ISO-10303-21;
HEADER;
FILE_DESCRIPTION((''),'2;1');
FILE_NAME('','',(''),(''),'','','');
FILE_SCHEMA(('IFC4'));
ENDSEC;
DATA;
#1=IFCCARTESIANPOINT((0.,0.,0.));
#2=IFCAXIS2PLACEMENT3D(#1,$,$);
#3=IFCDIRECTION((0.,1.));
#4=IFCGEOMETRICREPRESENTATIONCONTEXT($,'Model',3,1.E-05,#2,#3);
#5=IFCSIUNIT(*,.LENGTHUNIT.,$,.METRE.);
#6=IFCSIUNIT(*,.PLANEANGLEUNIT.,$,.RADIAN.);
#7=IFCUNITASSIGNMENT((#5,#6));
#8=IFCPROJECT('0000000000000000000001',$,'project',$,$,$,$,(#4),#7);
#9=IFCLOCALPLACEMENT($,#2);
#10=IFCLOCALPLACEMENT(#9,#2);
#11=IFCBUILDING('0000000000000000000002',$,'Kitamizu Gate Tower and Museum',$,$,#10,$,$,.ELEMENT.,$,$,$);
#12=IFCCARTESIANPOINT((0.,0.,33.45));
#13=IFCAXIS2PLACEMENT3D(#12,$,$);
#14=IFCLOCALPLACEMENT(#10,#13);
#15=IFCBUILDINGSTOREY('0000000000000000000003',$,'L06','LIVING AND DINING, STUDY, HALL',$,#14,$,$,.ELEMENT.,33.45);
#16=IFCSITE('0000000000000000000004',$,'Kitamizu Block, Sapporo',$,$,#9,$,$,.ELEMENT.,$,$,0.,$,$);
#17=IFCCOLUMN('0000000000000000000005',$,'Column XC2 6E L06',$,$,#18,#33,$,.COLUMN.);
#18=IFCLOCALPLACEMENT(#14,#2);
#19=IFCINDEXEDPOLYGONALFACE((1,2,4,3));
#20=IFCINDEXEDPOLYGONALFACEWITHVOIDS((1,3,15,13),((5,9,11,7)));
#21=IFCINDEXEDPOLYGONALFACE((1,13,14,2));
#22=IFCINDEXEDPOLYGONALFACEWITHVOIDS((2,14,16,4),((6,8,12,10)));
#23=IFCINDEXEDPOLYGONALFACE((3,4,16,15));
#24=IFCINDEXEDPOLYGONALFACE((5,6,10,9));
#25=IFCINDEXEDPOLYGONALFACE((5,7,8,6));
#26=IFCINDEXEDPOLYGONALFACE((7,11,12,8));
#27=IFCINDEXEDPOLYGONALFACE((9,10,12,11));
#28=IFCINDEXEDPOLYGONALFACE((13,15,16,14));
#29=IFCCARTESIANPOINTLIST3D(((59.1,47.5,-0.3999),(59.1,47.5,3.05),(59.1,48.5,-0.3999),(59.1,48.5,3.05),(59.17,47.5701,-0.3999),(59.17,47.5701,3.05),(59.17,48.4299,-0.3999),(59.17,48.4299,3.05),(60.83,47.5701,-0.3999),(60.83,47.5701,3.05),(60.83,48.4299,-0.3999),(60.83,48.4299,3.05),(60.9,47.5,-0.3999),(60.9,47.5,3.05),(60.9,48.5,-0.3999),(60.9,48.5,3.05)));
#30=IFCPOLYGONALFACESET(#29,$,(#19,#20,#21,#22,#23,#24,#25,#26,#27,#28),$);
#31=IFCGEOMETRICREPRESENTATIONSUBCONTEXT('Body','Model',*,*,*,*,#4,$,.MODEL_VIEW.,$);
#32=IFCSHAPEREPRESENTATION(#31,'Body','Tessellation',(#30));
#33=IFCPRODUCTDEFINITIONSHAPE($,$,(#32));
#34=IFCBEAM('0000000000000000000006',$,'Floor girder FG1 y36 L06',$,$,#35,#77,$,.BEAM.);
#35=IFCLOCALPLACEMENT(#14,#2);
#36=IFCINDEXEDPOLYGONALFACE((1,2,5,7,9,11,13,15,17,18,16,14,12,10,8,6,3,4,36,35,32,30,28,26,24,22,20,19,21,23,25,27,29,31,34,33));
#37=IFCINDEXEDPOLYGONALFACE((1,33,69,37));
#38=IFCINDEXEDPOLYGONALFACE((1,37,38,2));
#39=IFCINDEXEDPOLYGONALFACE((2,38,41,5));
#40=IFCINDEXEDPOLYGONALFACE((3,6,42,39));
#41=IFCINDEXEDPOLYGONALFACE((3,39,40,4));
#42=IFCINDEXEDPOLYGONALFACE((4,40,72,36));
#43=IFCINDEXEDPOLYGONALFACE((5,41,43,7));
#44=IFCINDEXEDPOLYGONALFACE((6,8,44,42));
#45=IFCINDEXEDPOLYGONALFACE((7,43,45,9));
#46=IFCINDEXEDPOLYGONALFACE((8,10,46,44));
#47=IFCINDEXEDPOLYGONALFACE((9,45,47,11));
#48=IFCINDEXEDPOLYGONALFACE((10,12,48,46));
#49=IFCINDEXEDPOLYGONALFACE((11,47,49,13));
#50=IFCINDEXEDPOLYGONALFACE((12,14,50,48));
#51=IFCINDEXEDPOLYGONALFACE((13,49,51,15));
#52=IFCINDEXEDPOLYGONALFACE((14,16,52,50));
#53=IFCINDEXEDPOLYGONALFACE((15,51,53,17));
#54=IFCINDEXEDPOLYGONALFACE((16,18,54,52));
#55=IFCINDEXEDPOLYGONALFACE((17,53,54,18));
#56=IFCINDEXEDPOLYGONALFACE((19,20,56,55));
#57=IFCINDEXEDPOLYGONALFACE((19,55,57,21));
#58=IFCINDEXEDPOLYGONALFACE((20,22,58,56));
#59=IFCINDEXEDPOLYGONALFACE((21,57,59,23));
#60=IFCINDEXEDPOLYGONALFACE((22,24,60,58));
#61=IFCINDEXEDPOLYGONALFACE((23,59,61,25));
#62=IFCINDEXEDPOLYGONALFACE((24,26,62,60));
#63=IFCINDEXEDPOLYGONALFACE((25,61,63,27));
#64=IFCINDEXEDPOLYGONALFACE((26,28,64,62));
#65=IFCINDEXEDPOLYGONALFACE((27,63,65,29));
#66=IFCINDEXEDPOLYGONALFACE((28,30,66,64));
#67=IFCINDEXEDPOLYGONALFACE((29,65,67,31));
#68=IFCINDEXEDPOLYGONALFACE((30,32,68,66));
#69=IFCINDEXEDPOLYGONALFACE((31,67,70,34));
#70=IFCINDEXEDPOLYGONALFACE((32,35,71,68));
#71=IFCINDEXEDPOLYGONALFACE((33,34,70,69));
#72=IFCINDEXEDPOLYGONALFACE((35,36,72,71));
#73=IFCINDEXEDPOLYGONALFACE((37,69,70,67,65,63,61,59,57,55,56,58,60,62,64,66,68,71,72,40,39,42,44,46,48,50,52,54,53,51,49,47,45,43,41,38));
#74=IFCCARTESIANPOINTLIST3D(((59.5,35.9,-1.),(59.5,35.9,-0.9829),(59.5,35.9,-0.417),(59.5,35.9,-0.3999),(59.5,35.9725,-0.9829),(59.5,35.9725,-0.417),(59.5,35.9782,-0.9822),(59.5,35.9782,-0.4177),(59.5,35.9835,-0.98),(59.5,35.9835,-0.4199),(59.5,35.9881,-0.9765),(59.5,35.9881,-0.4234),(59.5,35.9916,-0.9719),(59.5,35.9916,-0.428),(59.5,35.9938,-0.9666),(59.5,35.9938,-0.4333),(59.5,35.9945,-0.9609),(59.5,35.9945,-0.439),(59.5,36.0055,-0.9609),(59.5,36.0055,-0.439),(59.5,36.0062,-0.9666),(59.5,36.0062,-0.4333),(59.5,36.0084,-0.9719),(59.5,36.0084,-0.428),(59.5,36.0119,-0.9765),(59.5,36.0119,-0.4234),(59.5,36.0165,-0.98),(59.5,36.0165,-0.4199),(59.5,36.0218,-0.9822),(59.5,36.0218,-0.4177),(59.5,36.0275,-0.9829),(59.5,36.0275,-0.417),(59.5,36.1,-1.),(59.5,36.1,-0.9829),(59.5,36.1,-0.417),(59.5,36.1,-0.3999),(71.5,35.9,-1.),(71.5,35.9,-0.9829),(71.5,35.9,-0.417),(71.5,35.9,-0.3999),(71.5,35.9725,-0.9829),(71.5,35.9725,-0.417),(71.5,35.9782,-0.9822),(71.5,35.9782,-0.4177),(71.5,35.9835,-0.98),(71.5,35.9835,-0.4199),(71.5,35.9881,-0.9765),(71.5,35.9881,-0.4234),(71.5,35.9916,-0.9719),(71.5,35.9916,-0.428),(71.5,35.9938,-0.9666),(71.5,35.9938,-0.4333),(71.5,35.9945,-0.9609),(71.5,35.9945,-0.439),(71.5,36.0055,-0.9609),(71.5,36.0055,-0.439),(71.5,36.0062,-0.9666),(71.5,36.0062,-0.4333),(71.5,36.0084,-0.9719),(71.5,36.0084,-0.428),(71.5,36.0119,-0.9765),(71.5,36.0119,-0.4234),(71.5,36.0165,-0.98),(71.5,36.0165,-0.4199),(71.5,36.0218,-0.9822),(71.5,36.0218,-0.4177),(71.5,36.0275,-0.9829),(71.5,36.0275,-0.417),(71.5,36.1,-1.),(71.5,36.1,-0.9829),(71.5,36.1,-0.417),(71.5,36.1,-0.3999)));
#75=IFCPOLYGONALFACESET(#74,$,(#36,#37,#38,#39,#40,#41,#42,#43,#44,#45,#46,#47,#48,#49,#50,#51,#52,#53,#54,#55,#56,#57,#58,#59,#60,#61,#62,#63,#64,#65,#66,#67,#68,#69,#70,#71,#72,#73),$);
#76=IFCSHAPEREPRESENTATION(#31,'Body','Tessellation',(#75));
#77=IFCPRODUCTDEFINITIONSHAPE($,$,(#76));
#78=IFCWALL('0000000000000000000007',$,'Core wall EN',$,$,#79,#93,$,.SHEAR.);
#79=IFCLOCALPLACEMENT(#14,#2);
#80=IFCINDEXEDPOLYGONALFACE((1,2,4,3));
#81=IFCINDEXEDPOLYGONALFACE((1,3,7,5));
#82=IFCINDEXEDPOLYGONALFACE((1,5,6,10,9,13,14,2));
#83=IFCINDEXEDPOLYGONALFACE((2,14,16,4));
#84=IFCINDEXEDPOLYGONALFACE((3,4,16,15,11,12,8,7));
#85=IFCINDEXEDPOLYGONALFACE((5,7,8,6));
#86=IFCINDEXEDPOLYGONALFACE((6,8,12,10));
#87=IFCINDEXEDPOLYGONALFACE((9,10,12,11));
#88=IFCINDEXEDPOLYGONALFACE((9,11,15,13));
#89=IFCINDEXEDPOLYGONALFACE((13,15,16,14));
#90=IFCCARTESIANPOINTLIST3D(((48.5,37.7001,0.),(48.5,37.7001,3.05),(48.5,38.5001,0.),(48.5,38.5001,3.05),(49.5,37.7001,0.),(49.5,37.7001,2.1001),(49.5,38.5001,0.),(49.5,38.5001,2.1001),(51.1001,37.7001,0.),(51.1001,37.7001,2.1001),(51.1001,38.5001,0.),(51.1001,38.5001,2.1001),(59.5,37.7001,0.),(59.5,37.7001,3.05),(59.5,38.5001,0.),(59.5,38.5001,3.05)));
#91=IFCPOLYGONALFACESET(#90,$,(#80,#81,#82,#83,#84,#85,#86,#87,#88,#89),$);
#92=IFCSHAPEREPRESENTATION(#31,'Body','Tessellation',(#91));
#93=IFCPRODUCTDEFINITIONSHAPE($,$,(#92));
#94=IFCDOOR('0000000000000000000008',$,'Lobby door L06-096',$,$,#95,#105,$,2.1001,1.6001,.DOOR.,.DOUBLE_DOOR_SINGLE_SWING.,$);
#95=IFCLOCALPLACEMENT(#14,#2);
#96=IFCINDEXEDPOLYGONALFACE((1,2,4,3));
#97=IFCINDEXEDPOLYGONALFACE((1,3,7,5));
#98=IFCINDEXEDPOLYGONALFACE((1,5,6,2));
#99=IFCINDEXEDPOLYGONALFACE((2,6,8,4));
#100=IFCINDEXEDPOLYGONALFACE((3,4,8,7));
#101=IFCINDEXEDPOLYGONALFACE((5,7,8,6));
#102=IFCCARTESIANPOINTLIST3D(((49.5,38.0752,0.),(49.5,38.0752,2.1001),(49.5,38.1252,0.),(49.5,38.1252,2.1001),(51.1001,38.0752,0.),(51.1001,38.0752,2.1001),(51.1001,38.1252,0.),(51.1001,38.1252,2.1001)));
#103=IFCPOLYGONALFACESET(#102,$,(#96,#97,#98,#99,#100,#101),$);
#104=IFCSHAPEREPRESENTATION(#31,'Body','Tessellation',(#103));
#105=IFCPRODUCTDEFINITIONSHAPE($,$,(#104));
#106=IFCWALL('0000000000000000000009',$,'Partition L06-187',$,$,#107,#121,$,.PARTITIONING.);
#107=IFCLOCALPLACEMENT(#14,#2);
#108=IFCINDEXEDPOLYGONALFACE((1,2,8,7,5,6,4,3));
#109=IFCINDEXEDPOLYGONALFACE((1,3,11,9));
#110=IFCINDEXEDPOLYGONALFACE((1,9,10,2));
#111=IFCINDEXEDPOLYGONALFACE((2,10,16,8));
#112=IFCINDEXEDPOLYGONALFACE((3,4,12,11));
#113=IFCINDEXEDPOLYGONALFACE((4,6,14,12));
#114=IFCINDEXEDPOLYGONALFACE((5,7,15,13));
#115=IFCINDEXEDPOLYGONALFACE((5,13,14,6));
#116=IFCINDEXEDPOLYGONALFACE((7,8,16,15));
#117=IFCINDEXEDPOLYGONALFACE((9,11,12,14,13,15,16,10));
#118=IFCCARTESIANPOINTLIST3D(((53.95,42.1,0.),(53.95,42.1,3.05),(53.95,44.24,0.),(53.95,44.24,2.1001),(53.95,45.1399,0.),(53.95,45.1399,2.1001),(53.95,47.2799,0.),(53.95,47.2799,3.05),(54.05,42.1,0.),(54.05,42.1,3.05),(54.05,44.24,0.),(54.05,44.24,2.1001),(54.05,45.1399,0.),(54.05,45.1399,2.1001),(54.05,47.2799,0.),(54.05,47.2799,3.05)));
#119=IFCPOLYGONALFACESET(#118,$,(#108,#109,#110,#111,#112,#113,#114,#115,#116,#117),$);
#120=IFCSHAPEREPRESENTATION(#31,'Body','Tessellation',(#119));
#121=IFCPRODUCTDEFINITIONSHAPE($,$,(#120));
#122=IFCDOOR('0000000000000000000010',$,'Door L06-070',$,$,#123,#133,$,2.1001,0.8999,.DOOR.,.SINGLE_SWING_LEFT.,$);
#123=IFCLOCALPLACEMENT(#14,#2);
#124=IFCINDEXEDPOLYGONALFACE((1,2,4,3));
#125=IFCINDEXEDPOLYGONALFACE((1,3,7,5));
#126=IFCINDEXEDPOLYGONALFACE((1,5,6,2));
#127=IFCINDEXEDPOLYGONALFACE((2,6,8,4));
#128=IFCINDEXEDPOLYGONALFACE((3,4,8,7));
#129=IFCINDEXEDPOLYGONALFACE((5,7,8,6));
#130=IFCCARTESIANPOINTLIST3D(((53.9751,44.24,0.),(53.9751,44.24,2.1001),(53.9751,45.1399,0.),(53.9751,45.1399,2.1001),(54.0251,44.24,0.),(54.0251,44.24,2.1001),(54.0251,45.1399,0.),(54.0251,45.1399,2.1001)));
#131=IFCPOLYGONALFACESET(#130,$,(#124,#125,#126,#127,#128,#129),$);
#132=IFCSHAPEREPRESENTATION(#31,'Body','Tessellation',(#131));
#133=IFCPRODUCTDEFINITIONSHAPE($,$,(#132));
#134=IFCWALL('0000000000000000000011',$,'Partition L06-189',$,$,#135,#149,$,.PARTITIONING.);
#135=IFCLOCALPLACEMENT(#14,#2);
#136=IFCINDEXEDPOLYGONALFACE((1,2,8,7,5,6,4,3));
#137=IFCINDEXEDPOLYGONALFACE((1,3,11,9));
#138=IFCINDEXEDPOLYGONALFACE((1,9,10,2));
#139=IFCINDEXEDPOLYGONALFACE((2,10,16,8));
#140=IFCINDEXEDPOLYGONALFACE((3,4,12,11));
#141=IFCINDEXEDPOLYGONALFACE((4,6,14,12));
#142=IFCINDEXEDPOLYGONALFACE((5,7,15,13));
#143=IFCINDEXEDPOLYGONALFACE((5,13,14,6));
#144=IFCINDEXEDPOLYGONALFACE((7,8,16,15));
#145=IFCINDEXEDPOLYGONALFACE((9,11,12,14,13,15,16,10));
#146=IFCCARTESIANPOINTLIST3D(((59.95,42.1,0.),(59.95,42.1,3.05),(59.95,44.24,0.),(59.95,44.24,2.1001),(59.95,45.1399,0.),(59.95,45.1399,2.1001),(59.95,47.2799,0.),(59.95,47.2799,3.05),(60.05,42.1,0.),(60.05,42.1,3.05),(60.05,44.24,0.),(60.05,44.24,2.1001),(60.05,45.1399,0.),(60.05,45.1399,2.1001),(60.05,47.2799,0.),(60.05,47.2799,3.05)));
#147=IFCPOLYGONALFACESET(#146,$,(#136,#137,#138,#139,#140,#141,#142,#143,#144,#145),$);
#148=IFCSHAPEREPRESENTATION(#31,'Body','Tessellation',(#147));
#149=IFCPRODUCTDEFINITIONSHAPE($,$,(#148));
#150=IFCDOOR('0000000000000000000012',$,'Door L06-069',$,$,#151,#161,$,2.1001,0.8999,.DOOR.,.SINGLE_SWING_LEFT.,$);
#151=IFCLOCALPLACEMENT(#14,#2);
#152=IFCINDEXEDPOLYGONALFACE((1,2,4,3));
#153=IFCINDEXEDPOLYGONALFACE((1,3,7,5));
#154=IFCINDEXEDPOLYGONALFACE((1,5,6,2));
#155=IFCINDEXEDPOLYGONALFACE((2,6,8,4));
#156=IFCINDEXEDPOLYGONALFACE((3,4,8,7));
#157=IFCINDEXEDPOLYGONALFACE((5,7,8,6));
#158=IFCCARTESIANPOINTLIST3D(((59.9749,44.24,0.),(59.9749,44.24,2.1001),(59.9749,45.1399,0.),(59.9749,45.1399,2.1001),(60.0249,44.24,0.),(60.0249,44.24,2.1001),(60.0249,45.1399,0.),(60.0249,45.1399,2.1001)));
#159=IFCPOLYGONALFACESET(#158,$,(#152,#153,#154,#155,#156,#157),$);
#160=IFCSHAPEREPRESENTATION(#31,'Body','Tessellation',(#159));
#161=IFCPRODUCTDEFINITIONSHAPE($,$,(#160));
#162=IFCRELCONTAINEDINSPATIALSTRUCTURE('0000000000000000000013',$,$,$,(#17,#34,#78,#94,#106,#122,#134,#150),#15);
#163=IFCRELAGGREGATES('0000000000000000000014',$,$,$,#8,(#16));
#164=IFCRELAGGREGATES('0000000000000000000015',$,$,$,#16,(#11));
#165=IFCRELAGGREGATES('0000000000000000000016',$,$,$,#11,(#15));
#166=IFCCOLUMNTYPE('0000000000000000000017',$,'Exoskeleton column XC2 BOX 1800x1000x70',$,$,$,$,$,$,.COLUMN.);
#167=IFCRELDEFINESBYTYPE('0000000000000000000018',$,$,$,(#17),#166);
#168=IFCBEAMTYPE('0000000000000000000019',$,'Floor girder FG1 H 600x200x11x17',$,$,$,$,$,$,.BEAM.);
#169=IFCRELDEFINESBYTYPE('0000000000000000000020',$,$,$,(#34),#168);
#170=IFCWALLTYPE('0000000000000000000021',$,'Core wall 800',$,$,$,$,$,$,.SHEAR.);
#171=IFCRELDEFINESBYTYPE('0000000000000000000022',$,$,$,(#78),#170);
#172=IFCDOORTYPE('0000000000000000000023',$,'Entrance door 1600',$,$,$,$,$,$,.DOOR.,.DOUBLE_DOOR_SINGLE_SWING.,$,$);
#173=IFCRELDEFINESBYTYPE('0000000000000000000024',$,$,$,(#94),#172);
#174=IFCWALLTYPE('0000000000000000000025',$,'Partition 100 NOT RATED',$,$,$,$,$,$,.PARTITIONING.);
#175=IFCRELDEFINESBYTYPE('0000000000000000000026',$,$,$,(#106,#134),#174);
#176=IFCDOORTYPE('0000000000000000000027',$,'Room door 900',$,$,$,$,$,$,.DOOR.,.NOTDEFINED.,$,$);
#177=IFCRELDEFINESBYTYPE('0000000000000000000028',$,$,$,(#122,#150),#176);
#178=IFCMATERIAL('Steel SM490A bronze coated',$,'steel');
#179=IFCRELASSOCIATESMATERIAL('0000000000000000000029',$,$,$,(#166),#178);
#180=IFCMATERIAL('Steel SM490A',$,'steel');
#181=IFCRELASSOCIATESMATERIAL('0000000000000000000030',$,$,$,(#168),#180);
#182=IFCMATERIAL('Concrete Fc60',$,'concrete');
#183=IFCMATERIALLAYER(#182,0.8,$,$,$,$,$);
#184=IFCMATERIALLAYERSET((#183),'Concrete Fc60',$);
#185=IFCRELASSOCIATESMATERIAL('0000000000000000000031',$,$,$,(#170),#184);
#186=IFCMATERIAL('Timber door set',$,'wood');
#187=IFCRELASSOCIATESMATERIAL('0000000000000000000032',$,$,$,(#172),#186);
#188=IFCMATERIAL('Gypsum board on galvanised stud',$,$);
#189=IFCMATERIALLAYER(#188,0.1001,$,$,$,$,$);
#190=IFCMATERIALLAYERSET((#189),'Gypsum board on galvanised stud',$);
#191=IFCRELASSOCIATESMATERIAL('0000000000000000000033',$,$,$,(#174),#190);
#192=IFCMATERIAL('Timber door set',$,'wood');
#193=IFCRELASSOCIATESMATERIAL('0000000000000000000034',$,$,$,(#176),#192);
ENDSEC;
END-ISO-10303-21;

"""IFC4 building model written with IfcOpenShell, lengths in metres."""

from ifc_helpers import new_model, si_unit, direction, frame, frame_2d, origin, origin_2d, place, context, subcontext, project, spatial, rectangle, hollow_rectangle, i_section, extrude, material, layer, layer_set, material_profile, profile_set, type_object, element, fill, save


model = new_model("IFC4")

# Units and contexts
model_context = context("Model", 3, precision=1e-05, world=origin(), true_north=direction((0.0, 1.0)))
body_context = subcontext(model_context, "Body", "Model", "MODEL_VIEW")
ifc_project = project(units=[si_unit("LENGTHUNIT", "METRE"), si_unit("PLANEANGLEUNIT", "RADIAN")], contexts=[model_context])

# Site, building, storey
site_placement = place(None, origin())
site = spatial("IfcSite", under=ifc_project, at=site_placement, Name="Kitamizu Block, Sapporo", CompositionType="ELEMENT", RefElevation=0.0)
building_placement = place(site_placement, origin())
building = spatial("IfcBuilding", under=site, at=building_placement, Name="Kitamizu Gate Tower and Museum", CompositionType="ELEMENT")
storey_placement = place(building_placement, frame((0.0, 0.0, 33.45)))
storey = spatial("IfcBuildingStorey", under=building, at=storey_placement, Name="L06", Description="LIVING AND DINING, STUDY, HALL", CompositionType="ELEMENT", Elevation=33.45)

# Column
ifc_material_1 = material(Name="Steel SM490A bronze coated", Category="steel")
ifc_material_profile_1 = material_profile(ifc_material_1, hollow_rectangle(XDim=1.8, YDim=1.0, WallThickness=0.0701, at=origin_2d()), Name="BOX 1800x1000x70")
ifc_profile_set_1 = profile_set([ifc_material_profile_1], Name="Steel SM490A bronze coated")
column_type = type_object("IfcColumnType", Name="Exoskeleton column XC2 BOX 1800x1000x70", PredefinedType="COLUMN", material=ifc_profile_set_1)
column_placement = place(storey_placement, frame((60.0, 48.0, -0.3999), z_axis=(0.0, 0.0, 1.0), x_axis=(1.0, 0.0, 0.0)))
element("IfcColumn", 1, at=column_placement, inside=storey, type_object=column_type, Name="Column XC2 6E L06", PredefinedType="COLUMN", context=body_context, shape_type="SweptSolid", body=[
    extrude(hollow_rectangle(XDim=1.8, YDim=1.0, WallThickness=0.0701, at=origin_2d()), origin(), (0.0, 0.0, 1.0), 3.45),
])

# Beam
ifc_material_2 = material(Name="Steel SM490A", Category="steel")
ifc_material_profile_2 = material_profile(ifc_material_2, i_section(OverallWidth=0.2, OverallDepth=0.6001, WebThickness=0.011, FlangeThickness=0.0171, FilletRadius=0.022, at=origin_2d()), Name="H-600x200x11x17")
ifc_profile_set_2 = profile_set([ifc_material_profile_2], Name="Steel SM490A")
beam_type = type_object("IfcBeamType", Name="Floor girder FG1 H 600x200x11x17", PredefinedType="BEAM", material=ifc_profile_set_2)
beam_placement = place(storey_placement, frame((59.5, 36.0, -0.7), z_axis=(1.0, 0.0, 0.0), x_axis=(0.0, 1.0, 0.0)))
element("IfcBeam", 2, at=beam_placement, inside=storey, type_object=beam_type, Name="Floor girder FG1 y36 L06", PredefinedType="BEAM", context=body_context, shape_type="SweptSolid", body=[
    extrude(i_section(OverallWidth=0.2, OverallDepth=0.6001, WebThickness=0.011, FlangeThickness=0.0171, FilletRadius=0.022, at=origin_2d()), origin(), (0.0, 0.0, 1.0), 12.0),
])

# Walls, openings, doors
ifc_material_3 = material(Name="Concrete Fc60", Category="concrete")
ifc_layer_1 = layer(ifc_material_3, 0.8)
ifc_layer_set_1 = layer_set([ifc_layer_1], Name="Concrete Fc60")
wall_type_1 = type_object("IfcWallType", Name="Core wall 800", PredefinedType="SHEAR", material=ifc_layer_set_1)
wall_1_placement = place(storey_placement, frame((59.5, 38.1001, 0.0), z_axis=(0.0, 0.0, 1.0), x_axis=(-1.0, 0.0, 0.0)))
wall_1 = element("IfcWall", 3, at=wall_1_placement, inside=storey, type_object=wall_type_1, Name="Core wall EN", PredefinedType="SHEAR", context=body_context, shape_type="SweptSolid", body=[
    extrude(rectangle(XDim=11.0, YDim=0.8, at=frame_2d((5.5, 0.0))), origin(), (0.0, 0.0, 1.0), 3.05),
])
opening_1_placement = place(wall_1_placement, frame((8.3999, 0.0, 0.0)))
opening_1 = element("IfcOpeningElement", 4, at=opening_1_placement, cuts=wall_1, PredefinedType="OPENING", context=body_context, shape_type="SweptSolid", body=[
    extrude(rectangle(XDim=1.6001, YDim=2.1001, at=frame_2d((0.8, 1.05))), frame((0.0, 0.4102, 0.0), z_axis=(0.0, -1.0, 0.0), x_axis=(1.0, 0.0, 0.0)), (0.0, 0.0, 1.0), 0.8201),
])
ifc_material_4 = material(Name="Timber door set", Category="wood")
door_type_1 = type_object("IfcDoorType", Name="Entrance door 1600", OperationType="DOUBLE_DOOR_SINGLE_SWING", PredefinedType="DOOR", material=ifc_material_4)
door_1_placement = place(opening_1_placement, origin())
door_1 = element("IfcDoor", 5, at=door_1_placement, inside=storey, type_object=door_type_1, Name="Lobby door L06-096", OperationType="DOUBLE_DOOR_SINGLE_SWING", OverallHeight=2.1001, OverallWidth=1.6001, PredefinedType="DOOR", context=body_context, shape_type="SweptSolid", body=[
    extrude(rectangle(XDim=1.6001, YDim=2.1001, at=frame_2d((0.8, 1.05))), frame((0.0, 0.0249, 0.0), z_axis=(0.0, -1.0, 0.0), x_axis=(1.0, 0.0, 0.0)), (0.0, 0.0, 1.0), 0.05),
])
fill(opening_1, door_1)
ifc_material_5 = material(Name="Gypsum board on galvanised stud")
ifc_layer_2 = layer(ifc_material_5, 0.1001)
ifc_layer_set_2 = layer_set([ifc_layer_2], Name="Gypsum board on galvanised stud")
wall_type_2 = type_object("IfcWallType", Name="Partition 100 NOT RATED", PredefinedType="PARTITIONING", material=ifc_layer_set_2)
wall_2_placement = place(storey_placement, frame((54.0, 42.1001, 0.0), z_axis=(0.0, 0.0, 1.0), x_axis=(0.0, 1.0, 0.0)))
wall_2 = element("IfcWall", 6, at=wall_2_placement, inside=storey, type_object=wall_type_2, Name="Partition L06-187", PredefinedType="PARTITIONING", context=body_context, shape_type="SweptSolid", body=[
    extrude(rectangle(XDim=5.1799, YDim=0.1001, at=frame_2d((2.5898, 0.0))), origin(), (0.0, 0.0, 1.0), 3.05),
])
opening_2_placement = place(wall_2_placement, frame((2.1399, 0.0, 0.0)))
opening_2 = element("IfcOpeningElement", 7, at=opening_2_placement, cuts=wall_2, PredefinedType="OPENING", context=body_context, shape_type="SweptSolid", body=[
    extrude(rectangle(XDim=0.8999, YDim=2.1001, at=frame_2d((0.45, 1.05))), frame((0.0, 0.0601, 0.0), z_axis=(0.0, -1.0, 0.0), x_axis=(1.0, 0.0, 0.0)), (0.0, 0.0, 1.0), 0.1201),
])
ifc_material_6 = material(Name="Timber door set", Category="wood")
door_type_2 = type_object("IfcDoorType", Name="Room door 900", OperationType="NOTDEFINED", PredefinedType="DOOR", material=ifc_material_6)
door_2_placement = place(opening_2_placement, origin())
door_2 = element("IfcDoor", 8, at=door_2_placement, inside=storey, type_object=door_type_2, Name="Door L06-070", OperationType="SINGLE_SWING_LEFT", OverallHeight=2.1001, OverallWidth=0.8999, PredefinedType="DOOR", context=body_context, shape_type="SweptSolid", body=[
    extrude(rectangle(XDim=0.8999, YDim=2.1001, at=frame_2d((0.45, 1.05))), frame((0.0, 0.0249, 0.0), z_axis=(0.0, -1.0, 0.0), x_axis=(1.0, 0.0, 0.0)), (0.0, 0.0, 1.0), 0.05),
])
fill(opening_2, door_2)
wall_3_placement = place(storey_placement, frame((60.0, 42.1001, 0.0), z_axis=(0.0, 0.0, 1.0), x_axis=(0.0, 1.0, 0.0)))
wall_3 = element("IfcWall", 9, at=wall_3_placement, inside=storey, type_object=wall_type_2, Name="Partition L06-189", PredefinedType="PARTITIONING", context=body_context, shape_type="SweptSolid", body=[
    extrude(rectangle(XDim=5.1799, YDim=0.1001, at=frame_2d((2.5898, 0.0))), origin(), (0.0, 0.0, 1.0), 3.05),
])
opening_3_placement = place(wall_3_placement, frame((2.1399, 0.0, 0.0)))
opening_3 = element("IfcOpeningElement", 10, at=opening_3_placement, cuts=wall_3, PredefinedType="OPENING", context=body_context, shape_type="SweptSolid", body=[
    extrude(rectangle(XDim=0.8999, YDim=2.1001, at=frame_2d((0.45, 1.05))), frame((0.0, 0.0601, 0.0), z_axis=(0.0, -1.0, 0.0), x_axis=(1.0, 0.0, 0.0)), (0.0, 0.0, 1.0), 0.1201),
])
door_3_placement = place(opening_3_placement, frame((0.8999, 0.0, 0.0), x_axis=(-1.0, 0.0, 0.0)))
door_3 = element("IfcDoor", 11, at=door_3_placement, inside=storey, type_object=door_type_2, Name="Door L06-069", OperationType="SINGLE_SWING_LEFT", OverallHeight=2.1001, OverallWidth=0.8999, PredefinedType="DOOR", context=body_context, shape_type="SweptSolid", body=[
    extrude(rectangle(XDim=0.8999, YDim=2.1001, at=frame_2d((0.45, 1.05))), frame((0.0, 0.0249, 0.0), z_axis=(0.0, -1.0, 0.0), x_axis=(1.0, 0.0, 0.0)), (0.0, 0.0, 1.0), 0.05),
])
fill(opening_3, door_3)

save(model, "model.ifc")
